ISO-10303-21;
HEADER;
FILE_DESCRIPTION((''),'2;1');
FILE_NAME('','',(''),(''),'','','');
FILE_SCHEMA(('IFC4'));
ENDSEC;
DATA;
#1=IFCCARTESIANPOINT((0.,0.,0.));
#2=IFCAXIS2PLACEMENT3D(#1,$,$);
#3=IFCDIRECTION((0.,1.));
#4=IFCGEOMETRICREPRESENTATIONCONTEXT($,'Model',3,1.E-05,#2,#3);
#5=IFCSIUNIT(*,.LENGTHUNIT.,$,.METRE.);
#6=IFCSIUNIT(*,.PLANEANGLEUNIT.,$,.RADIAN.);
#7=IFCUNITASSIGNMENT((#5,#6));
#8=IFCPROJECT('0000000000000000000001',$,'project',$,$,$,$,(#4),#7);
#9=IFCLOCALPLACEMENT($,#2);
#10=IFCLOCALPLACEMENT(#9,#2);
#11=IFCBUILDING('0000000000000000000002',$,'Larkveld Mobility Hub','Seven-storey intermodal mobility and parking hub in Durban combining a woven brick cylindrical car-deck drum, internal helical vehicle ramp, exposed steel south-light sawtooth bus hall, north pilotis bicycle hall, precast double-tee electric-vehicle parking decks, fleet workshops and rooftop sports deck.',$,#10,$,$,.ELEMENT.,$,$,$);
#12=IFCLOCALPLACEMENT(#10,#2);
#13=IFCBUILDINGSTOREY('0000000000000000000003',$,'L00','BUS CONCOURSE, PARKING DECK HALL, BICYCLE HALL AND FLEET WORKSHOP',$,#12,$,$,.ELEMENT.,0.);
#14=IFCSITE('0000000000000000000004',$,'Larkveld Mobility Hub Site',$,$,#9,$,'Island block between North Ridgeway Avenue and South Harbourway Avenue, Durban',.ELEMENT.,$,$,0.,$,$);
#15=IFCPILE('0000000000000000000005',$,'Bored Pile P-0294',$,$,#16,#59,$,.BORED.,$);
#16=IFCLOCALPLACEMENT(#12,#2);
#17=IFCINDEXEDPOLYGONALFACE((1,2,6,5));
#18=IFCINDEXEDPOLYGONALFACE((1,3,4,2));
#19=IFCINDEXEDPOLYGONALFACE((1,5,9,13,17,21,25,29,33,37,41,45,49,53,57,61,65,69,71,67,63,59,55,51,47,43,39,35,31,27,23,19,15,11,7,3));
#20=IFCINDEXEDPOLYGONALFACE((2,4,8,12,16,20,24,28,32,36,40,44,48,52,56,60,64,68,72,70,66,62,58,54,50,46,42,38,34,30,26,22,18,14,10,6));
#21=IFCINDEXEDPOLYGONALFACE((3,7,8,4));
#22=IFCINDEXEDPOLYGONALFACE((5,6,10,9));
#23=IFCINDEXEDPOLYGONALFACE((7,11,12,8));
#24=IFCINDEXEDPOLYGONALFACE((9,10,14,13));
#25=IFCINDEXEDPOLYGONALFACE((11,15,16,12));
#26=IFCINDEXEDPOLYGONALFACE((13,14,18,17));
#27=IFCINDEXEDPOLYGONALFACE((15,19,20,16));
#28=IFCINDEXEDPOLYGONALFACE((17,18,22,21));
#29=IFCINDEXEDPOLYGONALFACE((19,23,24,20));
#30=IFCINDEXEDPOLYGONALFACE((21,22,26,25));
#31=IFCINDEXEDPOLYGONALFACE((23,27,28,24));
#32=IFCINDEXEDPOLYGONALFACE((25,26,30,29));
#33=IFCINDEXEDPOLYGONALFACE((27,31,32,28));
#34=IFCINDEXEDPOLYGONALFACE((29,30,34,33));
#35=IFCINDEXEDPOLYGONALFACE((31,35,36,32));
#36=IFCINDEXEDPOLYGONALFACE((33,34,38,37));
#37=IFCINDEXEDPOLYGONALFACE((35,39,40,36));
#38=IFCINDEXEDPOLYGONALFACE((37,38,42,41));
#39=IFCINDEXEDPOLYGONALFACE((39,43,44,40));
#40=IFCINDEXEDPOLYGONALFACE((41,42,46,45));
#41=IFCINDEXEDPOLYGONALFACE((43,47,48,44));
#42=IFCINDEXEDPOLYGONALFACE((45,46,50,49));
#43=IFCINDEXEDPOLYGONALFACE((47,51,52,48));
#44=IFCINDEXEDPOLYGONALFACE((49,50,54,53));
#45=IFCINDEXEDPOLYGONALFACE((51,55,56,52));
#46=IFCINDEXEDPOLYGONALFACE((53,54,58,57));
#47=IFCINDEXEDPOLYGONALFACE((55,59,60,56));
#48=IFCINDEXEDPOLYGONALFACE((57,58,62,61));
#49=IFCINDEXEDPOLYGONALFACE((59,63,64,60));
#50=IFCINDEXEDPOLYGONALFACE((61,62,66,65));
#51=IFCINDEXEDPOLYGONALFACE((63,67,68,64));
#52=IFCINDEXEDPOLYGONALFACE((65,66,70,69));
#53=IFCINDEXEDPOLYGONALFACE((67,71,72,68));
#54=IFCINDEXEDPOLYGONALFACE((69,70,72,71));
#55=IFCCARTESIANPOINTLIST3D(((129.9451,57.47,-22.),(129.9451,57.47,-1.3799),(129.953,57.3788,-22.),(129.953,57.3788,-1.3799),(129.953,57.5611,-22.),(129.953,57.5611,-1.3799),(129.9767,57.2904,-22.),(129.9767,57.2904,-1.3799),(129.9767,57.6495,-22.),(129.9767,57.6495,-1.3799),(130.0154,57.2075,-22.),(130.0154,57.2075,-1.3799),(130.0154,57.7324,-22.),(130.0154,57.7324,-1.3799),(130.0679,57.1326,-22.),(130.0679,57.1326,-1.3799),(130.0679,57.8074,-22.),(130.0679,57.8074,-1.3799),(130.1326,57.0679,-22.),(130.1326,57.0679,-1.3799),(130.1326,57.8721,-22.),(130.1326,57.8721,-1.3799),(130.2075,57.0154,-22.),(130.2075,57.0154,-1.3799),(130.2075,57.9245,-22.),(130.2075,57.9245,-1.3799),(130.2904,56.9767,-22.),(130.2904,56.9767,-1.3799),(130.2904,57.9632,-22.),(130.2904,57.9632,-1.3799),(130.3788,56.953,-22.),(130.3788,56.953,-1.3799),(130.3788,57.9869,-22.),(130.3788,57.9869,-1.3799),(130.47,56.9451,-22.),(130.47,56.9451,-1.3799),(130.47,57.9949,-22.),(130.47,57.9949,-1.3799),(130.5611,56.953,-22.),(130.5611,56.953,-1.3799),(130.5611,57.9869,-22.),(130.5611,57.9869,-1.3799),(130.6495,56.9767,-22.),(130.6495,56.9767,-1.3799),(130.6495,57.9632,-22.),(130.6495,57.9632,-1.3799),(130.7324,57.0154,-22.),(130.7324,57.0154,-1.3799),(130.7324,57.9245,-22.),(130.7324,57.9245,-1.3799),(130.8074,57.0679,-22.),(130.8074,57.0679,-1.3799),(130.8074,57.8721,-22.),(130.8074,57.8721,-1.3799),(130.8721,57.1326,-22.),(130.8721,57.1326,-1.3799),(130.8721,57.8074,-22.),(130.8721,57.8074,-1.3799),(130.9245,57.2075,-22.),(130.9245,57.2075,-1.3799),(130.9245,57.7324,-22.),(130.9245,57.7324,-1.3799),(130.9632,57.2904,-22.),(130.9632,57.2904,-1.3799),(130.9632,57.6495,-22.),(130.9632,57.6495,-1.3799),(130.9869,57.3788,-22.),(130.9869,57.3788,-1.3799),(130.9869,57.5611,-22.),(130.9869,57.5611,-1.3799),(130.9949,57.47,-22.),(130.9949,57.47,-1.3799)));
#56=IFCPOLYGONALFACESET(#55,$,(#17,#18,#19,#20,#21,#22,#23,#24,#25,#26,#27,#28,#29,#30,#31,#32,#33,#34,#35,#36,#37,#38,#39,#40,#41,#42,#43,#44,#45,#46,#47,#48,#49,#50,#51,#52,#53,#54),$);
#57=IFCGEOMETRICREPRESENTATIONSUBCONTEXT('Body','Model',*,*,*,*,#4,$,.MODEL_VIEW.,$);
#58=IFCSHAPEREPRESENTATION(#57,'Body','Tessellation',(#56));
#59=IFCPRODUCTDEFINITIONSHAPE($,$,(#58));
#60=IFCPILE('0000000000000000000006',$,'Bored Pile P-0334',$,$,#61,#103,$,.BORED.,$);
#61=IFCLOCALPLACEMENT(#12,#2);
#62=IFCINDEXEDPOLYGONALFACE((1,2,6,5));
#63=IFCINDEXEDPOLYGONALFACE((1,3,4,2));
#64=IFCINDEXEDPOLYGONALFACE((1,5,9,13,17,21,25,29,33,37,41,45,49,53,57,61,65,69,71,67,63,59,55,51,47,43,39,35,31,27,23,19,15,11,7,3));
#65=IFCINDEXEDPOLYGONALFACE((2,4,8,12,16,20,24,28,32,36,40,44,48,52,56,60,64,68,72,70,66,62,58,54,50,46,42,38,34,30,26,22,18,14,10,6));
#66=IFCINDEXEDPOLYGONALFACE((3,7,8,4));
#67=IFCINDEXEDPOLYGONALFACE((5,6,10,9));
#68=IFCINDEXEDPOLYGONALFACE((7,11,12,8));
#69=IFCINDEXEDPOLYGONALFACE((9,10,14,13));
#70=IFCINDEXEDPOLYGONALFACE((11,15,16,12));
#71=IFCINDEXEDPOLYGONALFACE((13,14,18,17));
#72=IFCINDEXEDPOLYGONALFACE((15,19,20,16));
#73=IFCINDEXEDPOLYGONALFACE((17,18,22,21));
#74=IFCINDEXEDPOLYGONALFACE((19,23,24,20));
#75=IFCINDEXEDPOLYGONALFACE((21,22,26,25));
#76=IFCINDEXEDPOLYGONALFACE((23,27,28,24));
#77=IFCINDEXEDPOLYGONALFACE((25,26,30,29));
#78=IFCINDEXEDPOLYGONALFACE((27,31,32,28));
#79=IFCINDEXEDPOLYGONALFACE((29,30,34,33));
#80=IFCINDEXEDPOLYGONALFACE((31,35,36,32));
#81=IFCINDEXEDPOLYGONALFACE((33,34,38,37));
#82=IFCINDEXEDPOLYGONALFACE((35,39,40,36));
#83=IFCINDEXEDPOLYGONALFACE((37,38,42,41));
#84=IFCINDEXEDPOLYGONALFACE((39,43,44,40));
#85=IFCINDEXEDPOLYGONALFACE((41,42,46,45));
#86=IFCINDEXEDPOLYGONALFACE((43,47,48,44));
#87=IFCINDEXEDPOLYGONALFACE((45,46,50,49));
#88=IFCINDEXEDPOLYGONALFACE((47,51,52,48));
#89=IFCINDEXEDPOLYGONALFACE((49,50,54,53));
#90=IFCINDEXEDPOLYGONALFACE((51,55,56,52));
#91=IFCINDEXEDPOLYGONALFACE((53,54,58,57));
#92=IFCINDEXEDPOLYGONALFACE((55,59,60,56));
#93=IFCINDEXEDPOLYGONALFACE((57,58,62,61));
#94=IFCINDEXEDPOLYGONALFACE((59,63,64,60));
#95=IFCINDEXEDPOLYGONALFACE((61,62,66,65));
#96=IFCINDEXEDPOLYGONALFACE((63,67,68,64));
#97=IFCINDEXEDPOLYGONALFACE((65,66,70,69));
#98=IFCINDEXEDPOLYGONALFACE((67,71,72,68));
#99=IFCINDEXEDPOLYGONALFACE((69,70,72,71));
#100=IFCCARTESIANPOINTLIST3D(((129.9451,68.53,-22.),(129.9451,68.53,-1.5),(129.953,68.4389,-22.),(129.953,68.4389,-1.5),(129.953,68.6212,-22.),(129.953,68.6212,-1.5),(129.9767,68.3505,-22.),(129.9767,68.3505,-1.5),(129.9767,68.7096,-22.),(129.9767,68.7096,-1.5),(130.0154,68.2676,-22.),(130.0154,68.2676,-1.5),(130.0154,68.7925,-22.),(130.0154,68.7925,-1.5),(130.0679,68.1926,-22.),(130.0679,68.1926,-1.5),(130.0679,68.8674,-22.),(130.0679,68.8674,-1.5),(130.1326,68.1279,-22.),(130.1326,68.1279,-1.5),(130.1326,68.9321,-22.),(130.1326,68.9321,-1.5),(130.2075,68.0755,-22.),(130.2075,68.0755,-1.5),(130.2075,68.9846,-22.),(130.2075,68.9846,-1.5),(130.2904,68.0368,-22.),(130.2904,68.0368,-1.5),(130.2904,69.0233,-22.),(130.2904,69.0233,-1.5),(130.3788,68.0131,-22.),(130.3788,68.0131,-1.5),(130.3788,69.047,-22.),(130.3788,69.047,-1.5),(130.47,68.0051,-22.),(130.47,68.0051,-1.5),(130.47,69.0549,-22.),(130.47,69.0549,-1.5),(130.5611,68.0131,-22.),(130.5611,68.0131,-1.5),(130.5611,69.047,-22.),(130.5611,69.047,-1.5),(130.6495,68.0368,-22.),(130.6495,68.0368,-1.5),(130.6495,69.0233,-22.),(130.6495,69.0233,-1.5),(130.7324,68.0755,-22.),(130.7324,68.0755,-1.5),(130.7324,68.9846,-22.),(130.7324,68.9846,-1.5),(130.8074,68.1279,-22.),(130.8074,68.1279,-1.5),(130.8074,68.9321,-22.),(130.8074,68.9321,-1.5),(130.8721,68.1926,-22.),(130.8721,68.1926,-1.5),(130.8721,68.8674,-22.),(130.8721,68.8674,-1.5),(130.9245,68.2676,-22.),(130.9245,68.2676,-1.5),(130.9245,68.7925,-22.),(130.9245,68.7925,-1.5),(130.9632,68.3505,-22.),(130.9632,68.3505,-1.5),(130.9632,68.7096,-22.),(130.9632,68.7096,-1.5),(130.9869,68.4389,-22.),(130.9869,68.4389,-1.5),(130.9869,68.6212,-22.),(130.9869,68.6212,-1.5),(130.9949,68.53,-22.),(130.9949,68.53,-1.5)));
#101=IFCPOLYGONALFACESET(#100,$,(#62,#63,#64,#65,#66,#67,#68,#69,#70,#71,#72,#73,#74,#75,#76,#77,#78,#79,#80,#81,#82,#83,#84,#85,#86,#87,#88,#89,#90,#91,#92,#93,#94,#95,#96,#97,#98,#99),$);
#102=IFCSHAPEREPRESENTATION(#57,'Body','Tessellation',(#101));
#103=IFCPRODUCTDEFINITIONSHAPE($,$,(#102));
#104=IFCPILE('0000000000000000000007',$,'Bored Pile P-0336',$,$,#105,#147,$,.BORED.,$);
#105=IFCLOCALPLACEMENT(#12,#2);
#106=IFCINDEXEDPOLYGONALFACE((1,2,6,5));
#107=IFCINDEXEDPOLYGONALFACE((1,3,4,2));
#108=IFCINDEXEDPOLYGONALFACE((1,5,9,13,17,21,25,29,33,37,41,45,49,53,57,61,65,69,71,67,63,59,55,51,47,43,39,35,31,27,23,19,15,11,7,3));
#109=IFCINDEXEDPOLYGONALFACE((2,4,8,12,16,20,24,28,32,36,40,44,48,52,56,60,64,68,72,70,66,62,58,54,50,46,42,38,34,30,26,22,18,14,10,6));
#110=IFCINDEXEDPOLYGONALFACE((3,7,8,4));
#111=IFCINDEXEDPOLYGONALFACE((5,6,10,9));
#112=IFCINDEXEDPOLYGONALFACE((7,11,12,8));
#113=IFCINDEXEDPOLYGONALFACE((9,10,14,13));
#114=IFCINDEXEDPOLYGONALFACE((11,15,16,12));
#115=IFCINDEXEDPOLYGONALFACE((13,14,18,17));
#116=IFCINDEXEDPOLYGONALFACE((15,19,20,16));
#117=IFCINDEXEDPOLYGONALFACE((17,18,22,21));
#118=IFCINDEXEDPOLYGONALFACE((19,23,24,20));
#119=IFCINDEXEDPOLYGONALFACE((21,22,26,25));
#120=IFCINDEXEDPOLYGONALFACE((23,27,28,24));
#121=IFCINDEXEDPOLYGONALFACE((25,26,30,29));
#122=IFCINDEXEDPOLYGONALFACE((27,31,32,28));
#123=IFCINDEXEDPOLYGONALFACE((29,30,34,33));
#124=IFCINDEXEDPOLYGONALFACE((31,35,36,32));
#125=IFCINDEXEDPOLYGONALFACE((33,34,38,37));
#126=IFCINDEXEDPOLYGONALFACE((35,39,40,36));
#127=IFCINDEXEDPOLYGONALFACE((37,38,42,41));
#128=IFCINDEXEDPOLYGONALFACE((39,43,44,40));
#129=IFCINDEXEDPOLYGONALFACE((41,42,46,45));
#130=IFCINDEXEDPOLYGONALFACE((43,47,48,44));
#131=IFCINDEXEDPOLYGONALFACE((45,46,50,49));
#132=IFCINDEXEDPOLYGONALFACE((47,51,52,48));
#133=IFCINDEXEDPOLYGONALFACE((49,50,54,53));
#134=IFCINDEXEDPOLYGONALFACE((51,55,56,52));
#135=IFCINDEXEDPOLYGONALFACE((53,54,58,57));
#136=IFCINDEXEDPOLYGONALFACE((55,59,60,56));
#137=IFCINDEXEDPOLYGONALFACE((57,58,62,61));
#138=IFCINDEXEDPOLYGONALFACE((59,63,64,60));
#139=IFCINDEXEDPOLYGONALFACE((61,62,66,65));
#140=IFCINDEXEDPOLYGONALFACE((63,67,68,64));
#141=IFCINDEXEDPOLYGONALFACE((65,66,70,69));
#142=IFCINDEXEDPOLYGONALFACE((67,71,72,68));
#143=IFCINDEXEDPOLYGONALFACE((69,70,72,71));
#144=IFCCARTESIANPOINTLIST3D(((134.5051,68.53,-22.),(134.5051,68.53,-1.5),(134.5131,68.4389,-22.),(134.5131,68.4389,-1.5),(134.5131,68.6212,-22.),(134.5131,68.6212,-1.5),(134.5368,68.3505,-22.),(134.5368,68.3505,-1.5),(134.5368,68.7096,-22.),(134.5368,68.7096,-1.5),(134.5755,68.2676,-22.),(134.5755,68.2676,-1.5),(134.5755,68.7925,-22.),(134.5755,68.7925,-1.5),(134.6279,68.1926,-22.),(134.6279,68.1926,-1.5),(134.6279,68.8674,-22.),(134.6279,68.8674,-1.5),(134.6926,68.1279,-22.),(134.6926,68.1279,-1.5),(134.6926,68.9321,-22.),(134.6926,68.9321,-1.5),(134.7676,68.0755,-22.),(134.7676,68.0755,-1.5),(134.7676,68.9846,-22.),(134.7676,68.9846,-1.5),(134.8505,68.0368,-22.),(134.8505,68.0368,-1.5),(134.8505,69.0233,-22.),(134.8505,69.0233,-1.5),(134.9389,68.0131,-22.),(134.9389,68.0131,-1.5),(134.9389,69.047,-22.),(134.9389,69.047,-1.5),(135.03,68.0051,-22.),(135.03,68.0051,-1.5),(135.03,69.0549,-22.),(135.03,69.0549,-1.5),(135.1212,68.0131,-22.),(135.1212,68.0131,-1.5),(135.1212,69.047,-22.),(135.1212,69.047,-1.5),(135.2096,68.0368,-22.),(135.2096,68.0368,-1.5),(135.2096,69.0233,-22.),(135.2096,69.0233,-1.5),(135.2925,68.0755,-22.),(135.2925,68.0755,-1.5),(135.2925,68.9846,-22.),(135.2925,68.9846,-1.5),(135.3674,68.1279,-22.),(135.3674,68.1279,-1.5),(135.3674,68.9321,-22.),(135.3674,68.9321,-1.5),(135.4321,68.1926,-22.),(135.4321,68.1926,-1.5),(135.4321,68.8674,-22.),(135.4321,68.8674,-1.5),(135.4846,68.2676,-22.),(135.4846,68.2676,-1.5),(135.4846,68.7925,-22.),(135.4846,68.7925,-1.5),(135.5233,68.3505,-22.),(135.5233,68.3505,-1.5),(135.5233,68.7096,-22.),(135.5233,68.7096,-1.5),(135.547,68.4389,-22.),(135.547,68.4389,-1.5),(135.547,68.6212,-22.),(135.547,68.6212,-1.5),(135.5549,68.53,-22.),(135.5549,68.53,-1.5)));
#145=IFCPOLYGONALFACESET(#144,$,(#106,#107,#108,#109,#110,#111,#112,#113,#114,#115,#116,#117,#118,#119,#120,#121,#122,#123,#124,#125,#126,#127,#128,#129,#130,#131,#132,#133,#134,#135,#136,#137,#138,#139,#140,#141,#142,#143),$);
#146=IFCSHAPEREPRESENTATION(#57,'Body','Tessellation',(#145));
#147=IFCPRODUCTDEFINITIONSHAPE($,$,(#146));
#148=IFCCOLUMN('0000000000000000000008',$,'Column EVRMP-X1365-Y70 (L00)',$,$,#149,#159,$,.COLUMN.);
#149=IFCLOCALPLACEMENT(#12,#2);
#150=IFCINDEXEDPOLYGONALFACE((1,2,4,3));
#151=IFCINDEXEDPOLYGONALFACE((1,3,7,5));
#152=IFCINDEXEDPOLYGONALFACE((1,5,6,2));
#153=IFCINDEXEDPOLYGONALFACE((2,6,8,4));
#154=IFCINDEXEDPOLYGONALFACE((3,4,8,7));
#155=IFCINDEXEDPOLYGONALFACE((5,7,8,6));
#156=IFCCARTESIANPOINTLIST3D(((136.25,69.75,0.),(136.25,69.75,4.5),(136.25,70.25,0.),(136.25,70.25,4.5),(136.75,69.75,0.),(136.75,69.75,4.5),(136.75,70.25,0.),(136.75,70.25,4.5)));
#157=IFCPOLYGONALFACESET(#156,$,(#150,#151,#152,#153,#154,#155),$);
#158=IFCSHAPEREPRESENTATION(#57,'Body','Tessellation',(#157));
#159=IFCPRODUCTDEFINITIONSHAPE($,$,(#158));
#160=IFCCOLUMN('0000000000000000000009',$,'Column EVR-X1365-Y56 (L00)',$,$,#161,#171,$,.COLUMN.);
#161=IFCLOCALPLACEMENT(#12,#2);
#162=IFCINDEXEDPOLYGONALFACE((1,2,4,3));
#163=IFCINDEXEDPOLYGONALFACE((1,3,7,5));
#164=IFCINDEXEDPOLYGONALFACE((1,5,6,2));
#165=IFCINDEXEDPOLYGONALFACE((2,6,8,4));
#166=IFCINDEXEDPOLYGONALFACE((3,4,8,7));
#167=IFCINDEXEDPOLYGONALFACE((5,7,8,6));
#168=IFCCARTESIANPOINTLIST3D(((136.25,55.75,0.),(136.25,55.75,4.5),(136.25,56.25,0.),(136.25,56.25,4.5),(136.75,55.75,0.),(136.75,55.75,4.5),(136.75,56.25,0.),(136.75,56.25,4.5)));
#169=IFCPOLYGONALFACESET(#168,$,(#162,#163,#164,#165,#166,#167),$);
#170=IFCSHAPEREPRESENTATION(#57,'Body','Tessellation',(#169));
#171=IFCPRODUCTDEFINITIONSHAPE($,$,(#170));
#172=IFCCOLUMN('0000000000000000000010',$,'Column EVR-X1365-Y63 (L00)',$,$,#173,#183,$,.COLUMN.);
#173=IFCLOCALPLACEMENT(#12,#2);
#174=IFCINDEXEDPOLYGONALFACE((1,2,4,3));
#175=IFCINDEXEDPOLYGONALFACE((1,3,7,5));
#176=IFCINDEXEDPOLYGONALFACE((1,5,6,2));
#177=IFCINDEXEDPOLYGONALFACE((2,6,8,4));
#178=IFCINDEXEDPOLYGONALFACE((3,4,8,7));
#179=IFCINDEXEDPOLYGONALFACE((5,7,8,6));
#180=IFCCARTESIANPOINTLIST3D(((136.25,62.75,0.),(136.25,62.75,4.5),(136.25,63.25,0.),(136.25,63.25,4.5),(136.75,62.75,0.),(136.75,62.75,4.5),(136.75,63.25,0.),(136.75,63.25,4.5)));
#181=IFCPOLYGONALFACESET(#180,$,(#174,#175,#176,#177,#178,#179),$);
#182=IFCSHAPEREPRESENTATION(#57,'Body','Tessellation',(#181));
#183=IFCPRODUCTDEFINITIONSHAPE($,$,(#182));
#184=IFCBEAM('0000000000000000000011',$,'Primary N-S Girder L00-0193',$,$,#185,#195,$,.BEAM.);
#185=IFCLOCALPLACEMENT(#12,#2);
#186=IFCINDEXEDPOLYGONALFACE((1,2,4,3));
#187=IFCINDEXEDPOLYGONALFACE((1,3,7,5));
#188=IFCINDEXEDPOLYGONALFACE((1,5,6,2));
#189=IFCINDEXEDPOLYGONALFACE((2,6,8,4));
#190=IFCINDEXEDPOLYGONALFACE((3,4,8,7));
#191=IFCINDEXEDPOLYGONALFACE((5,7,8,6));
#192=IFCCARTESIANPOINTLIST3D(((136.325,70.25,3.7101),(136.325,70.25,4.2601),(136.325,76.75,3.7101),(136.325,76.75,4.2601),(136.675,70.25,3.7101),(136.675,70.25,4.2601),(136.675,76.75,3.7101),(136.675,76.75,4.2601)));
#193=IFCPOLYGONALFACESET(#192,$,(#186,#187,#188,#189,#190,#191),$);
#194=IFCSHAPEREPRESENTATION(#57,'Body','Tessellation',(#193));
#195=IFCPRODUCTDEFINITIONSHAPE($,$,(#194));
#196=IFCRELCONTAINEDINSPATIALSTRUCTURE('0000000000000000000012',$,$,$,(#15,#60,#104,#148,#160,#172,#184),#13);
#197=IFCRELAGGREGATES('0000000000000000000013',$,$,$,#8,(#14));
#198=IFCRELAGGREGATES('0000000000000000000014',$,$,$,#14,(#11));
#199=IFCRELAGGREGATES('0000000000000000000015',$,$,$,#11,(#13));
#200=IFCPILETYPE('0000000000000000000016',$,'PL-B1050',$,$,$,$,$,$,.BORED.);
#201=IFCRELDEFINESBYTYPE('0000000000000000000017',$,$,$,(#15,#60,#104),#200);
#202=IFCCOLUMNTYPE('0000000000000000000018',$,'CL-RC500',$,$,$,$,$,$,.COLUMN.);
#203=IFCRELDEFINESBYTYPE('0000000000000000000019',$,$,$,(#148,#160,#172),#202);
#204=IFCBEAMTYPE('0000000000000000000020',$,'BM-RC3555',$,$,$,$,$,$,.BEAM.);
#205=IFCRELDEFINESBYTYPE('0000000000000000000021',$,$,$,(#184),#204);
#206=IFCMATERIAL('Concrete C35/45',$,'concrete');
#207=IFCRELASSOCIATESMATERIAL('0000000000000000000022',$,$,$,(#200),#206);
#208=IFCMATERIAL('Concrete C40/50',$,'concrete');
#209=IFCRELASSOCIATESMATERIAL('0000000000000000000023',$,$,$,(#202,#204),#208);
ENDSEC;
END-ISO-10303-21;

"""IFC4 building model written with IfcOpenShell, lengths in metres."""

from ifc_helpers import new_model, si_unit, direction, frame, origin, origin_2d, place, context, subcontext, project, spatial, rectangle, circle, extrude, material, material_profile, profile_set, type_object, element, save


model = new_model("IFC4")

# Units and contexts
model_context = context("Model", 3, precision=1e-05, world=origin(), true_north=direction((0.0, 1.0)))
body_context = subcontext(model_context, "Body", "Model", "MODEL_VIEW")
ifc_project = project(units=[si_unit("LENGTHUNIT", "METRE"), si_unit("PLANEANGLEUNIT", "RADIAN")], contexts=[model_context])

# Site, building, storey
site_placement = place(None, origin())
site = spatial("IfcSite", under=ifc_project, at=site_placement, Name="Larkveld Mobility Hub Site", LongName="Island block between North Ridgeway Avenue and South Harbourway Avenue, Durban", CompositionType="ELEMENT", RefElevation=0.0)
building_placement = place(site_placement, origin())
building = spatial("IfcBuilding", under=site, at=building_placement, Name="Larkveld Mobility Hub", Description="Seven-storey intermodal mobility and parking hub in Durban combining a woven brick cylindrical car-deck drum, internal helical vehicle ramp, exposed steel south-light sawtooth bus hall, north pilotis bicycle hall, precast double-tee electric-vehicle parking decks, fleet workshops and rooftop sports deck.", CompositionType="ELEMENT")
storey_placement = place(building_placement, origin())
storey = spatial("IfcBuildingStorey", under=building, at=storey_placement, Name="L00", Description="BUS CONCOURSE, PARKING DECK HALL, BICYCLE HALL AND FLEET WORKSHOP", CompositionType="ELEMENT", Elevation=0.0)

# Shared definitions
ifc_material_1 = material(Name="Concrete C35/45", Category="concrete")

# Piles
ifc_material_profile_1 = material_profile(ifc_material_1, circle(Radius=0.5249, at=origin_2d()), Name="PILE D1050")
ifc_profile_set_1 = profile_set([ifc_material_profile_1], Name="Concrete C35/45")
pile_type_1 = type_object("IfcPileType", Name="PL-B1050", PredefinedType="BORED", material=ifc_profile_set_1)
pile_placement = place(storey_placement, frame((130.47, 57.47, -1.3799), z_axis=(0.0, 0.0, -1.0), x_axis=(1.0, 0.0, 0.0)))
element("IfcPile", 1, at=pile_placement, inside=storey, type_object=pile_type_1, Name="Bored Pile P-0294", PredefinedType="BORED", context=body_context, shape_type="SweptSolid", body=[
    extrude(circle(Radius=0.5249, at=origin_2d()), origin(), (0.0, 0.0, 1.0), 20.6201),
])
for number, where, z_axis, x_axis, name in (
    (2, (130.47, 68.53, -1.5), (0.0, 0.0, -1.0), (1.0, 0.0, 0.0), "Bored Pile P-0334"),
    (3, (135.03, 68.53, -1.5), (0.0, 0.0, -1.0), (1.0, 0.0, 0.0), "Bored Pile P-0336"),
):
    element("IfcPile", number, at=place(storey_placement, frame(where, z_axis=z_axis, x_axis=x_axis)), inside=storey, type_object=pile_type_1, Name=name, PredefinedType="BORED", context=body_context, shape_type="SweptSolid", body=[
        extrude(circle(Radius=0.5249, at=origin_2d()), origin(), (0.0, 0.0, 1.0), 20.5),
    ])

# Columns
ifc_material_2 = material(Name="Concrete C40/50", Category="concrete")
ifc_material_profile_2 = material_profile(ifc_material_2, rectangle(XDim=0.5, YDim=0.5, at=origin_2d()), Name="RC COL 500x500")
ifc_profile_set_2 = profile_set([ifc_material_profile_2], Name="Concrete C40/50")
column_type = type_object("IfcColumnType", Name="CL-RC500", PredefinedType="COLUMN", material=ifc_profile_set_2)
for number, where, z_axis, x_axis, name in (
    (4, (136.5, 70.0, 0.0), (0.0, 0.0, 1.0), (1.0, 0.0, 0.0), "Column EVRMP-X1365-Y70 (L00)"),
    (5, (136.5, 56.0, 0.0), (0.0, 0.0, 1.0), (1.0, 0.0, 0.0), "Column EVR-X1365-Y56 (L00)"),
    (6, (136.5, 63.0, 0.0), (0.0, 0.0, 1.0), (1.0, 0.0, 0.0), "Column EVR-X1365-Y63 (L00)"),
):
    element("IfcColumn", number, at=place(storey_placement, frame(where, z_axis=z_axis, x_axis=x_axis)), inside=storey, type_object=column_type, Name=name, PredefinedType="COLUMN", context=body_context, shape_type="SweptSolid", body=[
        extrude(rectangle(XDim=0.5, YDim=0.5, at=origin_2d()), origin(), (0.0, 0.0, 1.0), 4.5),
    ])

# Beam
ifc_material_profile_3 = material_profile(ifc_material_2, rectangle(XDim=0.3501, YDim=0.55, at=origin_2d()), Name="RC BM 350x550")
ifc_profile_set_3 = profile_set([ifc_material_profile_3], Name="Concrete C40/50")
beam_type_1 = type_object("IfcBeamType", Name="BM-RC3555", PredefinedType="BEAM", material=ifc_profile_set_3)
beam_placement = place(storey_placement, frame((136.5, 70.25, 3.9851), z_axis=(0.0, 1.0, 0.0), x_axis=(-1.0, 0.0, 0.0)))
element("IfcBeam", 7, at=beam_placement, inside=storey, type_object=beam_type_1, Name="Primary N-S Girder L00-0193", PredefinedType="BEAM", context=body_context, shape_type="SweptSolid", body=[
    extrude(rectangle(XDim=0.3501, YDim=0.55, at=origin_2d()), origin(), (0.0, 0.0, 1.0), 6.5),
])

save(model, "model.ifc")
